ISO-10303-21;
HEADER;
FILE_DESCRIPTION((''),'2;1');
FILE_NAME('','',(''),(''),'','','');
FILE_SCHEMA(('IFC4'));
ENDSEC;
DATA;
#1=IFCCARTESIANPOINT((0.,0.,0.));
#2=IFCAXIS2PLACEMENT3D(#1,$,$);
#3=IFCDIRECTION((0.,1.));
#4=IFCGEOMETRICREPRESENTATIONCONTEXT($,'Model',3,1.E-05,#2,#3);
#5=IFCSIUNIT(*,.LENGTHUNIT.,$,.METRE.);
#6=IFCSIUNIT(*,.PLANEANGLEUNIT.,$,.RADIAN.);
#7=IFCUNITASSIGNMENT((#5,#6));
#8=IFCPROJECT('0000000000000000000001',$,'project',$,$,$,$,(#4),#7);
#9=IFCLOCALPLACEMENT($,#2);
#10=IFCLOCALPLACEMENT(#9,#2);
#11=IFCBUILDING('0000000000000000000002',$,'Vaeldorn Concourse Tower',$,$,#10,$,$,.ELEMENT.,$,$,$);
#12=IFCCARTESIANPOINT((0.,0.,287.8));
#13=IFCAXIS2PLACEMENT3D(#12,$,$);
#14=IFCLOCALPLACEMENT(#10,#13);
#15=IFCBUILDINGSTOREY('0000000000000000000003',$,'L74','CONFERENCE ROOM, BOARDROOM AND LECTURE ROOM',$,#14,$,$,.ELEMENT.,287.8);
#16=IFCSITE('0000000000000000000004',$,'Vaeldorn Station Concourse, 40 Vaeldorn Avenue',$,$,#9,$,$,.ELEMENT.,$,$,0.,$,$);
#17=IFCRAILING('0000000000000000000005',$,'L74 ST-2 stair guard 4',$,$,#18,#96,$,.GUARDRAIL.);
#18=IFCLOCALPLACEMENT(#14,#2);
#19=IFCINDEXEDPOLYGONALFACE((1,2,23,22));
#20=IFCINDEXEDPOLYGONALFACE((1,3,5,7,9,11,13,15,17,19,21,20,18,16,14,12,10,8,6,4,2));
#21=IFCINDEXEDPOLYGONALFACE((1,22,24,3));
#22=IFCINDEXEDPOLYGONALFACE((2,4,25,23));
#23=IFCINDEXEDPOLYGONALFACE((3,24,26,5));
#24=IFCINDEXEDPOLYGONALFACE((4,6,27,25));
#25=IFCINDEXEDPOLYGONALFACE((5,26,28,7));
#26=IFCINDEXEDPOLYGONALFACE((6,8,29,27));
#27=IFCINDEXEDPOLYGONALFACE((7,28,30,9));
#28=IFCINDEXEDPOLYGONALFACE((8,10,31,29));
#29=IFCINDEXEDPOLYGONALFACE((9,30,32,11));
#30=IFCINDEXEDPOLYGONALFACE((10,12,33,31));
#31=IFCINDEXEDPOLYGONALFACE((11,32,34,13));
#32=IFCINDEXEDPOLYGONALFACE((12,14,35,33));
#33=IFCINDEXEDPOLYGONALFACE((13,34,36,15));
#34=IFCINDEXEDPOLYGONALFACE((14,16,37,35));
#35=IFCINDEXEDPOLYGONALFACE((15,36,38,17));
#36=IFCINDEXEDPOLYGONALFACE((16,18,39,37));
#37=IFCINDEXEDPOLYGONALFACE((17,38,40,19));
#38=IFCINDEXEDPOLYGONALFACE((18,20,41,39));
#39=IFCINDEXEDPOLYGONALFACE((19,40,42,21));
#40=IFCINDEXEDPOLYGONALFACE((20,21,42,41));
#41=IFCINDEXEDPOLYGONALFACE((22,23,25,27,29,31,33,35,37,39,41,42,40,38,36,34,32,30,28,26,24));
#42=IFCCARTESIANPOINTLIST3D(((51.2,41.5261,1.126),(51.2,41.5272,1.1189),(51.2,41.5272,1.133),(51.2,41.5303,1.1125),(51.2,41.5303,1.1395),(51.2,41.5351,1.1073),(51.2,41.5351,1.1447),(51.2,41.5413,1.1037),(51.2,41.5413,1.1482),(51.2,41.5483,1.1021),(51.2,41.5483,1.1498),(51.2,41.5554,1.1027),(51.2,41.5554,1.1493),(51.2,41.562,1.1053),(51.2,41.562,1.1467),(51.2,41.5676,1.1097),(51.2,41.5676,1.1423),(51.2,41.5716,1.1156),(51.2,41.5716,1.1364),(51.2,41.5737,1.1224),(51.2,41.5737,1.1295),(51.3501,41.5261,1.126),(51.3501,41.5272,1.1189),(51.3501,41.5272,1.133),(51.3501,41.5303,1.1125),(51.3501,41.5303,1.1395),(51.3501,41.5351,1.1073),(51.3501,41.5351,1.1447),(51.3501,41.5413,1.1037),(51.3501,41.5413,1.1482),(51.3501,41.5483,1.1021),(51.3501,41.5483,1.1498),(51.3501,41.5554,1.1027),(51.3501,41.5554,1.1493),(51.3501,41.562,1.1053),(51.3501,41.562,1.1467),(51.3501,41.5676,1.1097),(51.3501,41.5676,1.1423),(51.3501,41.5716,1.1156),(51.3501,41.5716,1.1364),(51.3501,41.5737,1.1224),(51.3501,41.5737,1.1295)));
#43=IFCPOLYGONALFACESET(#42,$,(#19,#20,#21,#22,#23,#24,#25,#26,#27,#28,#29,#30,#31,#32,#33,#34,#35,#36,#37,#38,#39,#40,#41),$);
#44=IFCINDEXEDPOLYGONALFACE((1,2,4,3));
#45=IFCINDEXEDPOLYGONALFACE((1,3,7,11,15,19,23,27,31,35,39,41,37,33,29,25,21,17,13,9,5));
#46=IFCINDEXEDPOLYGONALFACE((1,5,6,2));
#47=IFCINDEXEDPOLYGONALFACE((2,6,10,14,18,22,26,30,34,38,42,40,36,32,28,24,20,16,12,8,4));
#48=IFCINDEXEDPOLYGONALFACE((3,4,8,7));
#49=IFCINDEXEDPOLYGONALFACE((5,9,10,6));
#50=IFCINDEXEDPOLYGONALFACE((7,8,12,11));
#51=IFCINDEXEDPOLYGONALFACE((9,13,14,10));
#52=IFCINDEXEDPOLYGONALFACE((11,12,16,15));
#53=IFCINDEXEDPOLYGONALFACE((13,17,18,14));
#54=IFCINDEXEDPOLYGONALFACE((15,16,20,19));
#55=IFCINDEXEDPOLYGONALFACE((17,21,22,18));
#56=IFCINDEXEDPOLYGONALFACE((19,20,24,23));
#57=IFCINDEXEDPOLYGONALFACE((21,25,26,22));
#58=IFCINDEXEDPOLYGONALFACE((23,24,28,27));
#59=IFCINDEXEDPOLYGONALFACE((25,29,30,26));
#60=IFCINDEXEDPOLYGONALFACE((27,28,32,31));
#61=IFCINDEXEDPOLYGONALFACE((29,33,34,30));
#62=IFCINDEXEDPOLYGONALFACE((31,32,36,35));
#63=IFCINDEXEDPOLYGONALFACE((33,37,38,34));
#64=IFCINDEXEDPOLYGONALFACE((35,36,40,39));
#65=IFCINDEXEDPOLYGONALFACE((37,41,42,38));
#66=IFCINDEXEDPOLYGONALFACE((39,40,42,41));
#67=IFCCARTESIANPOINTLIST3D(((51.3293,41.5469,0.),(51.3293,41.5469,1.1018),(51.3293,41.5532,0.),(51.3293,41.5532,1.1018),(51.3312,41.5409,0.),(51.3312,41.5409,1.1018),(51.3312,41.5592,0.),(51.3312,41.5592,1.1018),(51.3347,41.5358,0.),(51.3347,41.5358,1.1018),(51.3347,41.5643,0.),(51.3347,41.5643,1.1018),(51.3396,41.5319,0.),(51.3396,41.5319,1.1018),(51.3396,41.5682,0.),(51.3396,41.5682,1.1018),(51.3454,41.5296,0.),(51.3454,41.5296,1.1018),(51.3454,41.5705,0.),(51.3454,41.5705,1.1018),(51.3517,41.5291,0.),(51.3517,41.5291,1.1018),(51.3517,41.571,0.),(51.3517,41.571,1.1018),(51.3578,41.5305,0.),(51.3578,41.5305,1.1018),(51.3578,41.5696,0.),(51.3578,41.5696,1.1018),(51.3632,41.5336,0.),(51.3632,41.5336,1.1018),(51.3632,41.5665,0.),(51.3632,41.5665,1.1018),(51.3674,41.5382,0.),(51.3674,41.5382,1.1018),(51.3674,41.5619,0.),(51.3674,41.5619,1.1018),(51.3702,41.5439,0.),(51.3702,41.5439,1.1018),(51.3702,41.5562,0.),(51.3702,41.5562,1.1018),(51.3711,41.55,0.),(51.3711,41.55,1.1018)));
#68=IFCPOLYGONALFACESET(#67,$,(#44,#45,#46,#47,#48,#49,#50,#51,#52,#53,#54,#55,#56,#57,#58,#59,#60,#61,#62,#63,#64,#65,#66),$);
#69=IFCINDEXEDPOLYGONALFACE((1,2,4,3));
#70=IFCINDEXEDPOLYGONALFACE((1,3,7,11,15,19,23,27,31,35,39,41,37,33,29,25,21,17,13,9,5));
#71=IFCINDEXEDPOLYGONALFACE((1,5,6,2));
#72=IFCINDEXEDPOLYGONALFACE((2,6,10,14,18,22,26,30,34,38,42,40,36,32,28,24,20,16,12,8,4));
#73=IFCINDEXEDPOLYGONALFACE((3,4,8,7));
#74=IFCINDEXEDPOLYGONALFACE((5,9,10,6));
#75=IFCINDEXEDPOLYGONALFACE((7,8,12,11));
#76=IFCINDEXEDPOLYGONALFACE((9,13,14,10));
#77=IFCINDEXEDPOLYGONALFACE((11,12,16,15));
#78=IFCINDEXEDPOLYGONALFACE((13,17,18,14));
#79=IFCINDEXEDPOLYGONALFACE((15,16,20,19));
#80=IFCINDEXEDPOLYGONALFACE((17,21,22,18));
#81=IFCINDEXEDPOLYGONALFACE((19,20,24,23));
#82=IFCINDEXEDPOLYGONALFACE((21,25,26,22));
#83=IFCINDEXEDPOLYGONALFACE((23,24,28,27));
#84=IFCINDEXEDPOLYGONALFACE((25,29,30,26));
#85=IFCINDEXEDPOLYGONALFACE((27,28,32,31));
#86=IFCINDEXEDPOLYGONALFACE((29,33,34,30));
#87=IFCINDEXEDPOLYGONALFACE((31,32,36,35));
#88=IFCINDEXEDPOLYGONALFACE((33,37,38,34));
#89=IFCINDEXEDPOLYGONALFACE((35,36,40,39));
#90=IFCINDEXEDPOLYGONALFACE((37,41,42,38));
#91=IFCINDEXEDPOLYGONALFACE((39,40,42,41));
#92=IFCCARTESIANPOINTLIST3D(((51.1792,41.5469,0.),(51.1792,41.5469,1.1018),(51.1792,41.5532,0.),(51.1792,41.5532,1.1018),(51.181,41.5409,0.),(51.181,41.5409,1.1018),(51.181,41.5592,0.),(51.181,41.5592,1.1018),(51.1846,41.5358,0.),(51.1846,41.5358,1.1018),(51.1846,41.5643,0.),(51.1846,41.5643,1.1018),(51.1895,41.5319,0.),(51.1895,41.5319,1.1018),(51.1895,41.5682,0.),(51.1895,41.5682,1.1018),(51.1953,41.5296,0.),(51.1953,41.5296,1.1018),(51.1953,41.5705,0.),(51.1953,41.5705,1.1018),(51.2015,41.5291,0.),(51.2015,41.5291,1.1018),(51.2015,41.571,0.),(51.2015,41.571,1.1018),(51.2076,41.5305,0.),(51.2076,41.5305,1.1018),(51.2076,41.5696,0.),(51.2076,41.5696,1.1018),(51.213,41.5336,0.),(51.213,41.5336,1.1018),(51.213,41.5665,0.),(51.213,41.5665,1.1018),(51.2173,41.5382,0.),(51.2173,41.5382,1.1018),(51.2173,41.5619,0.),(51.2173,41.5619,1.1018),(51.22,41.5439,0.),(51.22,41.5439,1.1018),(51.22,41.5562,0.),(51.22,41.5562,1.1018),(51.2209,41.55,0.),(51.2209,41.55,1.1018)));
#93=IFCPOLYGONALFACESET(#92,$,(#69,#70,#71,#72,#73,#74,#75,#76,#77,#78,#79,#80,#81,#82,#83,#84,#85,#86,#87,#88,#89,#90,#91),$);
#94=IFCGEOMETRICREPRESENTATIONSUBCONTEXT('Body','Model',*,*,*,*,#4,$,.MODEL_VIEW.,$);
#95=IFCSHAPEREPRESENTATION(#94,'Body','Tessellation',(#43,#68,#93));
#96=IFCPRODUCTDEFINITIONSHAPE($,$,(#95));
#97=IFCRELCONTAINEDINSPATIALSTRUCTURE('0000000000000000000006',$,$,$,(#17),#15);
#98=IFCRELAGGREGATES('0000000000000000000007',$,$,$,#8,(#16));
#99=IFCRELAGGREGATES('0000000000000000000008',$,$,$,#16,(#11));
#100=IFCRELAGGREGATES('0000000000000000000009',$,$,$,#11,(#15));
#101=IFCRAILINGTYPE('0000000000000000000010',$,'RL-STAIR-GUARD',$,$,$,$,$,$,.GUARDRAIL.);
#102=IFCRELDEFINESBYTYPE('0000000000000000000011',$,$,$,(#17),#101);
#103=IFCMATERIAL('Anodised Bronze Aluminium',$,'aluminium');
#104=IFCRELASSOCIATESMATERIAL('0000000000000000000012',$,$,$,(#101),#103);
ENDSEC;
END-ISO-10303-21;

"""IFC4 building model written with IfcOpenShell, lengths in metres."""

from ifc_helpers import new_model, si_unit, direction, frame, origin, origin_2d, place, context, subcontext, project, spatial, circle, extrude, material, type_object, element, save


model = new_model("IFC4")

# Units and contexts
model_context = context("Model", 3, precision=1e-05, world=origin(), true_north=direction((0.0, 1.0)))
body_context = subcontext(model_context, "Body", "Model", "MODEL_VIEW")
ifc_project = project(units=[si_unit("LENGTHUNIT", "METRE"), si_unit("PLANEANGLEUNIT", "RADIAN")], contexts=[model_context])

# Site, building, storey
site_placement = place(None, origin())
site = spatial("IfcSite", under=ifc_project, at=site_placement, Name="Vaeldorn Station Concourse, 40 Vaeldorn Avenue", CompositionType="ELEMENT", RefElevation=0.0)
building_placement = place(site_placement, origin())
building = spatial("IfcBuilding", under=site, at=building_placement, Name="Vaeldorn Concourse Tower", CompositionType="ELEMENT")
storey_placement = place(building_placement, frame((0.0, 0.0, 287.8)))
storey = spatial("IfcBuildingStorey", under=building, at=storey_placement, Name="L74", Description="CONFERENCE ROOM, BOARDROOM AND LECTURE ROOM", CompositionType="ELEMENT", Elevation=287.8)

# Shared definitions
ifc_material_1 = material(Name="Anodised Bronze Aluminium", Category="aluminium")

# Railing
railing_type_1 = type_object("IfcRailingType", Name="RL-STAIR-GUARD", PredefinedType="GUARDRAIL", material=ifc_material_1)
railing_1_placement = place(storey_placement, frame((51.3501, 41.55, 0.0)))
element("IfcRailing", 1, at=railing_1_placement, inside=storey, type_object=railing_type_1, Name="L74 ST-2 stair guard 4", PredefinedType="GUARDRAIL", context=body_context, shape_type="SweptSolid", body=[
    extrude(circle(Radius=0.0239, at=origin_2d()), frame((0.0, 0.0, 1.126), z_axis=(-1.0, 0.0, 0.0), x_axis=(0.0, -1.0, 0.0)), (0.0, 0.0, 1.0), 0.1501),
    extrude(circle(Radius=0.021, at=origin_2d()), origin(), (0.0, 0.0, 1.0), 1.1018),
    extrude(circle(Radius=0.021, at=origin_2d()), frame((-0.1501, 0.0, 0.0)), (0.0, 0.0, 1.0), 1.1018),
])

save(model, "model.ifc")
